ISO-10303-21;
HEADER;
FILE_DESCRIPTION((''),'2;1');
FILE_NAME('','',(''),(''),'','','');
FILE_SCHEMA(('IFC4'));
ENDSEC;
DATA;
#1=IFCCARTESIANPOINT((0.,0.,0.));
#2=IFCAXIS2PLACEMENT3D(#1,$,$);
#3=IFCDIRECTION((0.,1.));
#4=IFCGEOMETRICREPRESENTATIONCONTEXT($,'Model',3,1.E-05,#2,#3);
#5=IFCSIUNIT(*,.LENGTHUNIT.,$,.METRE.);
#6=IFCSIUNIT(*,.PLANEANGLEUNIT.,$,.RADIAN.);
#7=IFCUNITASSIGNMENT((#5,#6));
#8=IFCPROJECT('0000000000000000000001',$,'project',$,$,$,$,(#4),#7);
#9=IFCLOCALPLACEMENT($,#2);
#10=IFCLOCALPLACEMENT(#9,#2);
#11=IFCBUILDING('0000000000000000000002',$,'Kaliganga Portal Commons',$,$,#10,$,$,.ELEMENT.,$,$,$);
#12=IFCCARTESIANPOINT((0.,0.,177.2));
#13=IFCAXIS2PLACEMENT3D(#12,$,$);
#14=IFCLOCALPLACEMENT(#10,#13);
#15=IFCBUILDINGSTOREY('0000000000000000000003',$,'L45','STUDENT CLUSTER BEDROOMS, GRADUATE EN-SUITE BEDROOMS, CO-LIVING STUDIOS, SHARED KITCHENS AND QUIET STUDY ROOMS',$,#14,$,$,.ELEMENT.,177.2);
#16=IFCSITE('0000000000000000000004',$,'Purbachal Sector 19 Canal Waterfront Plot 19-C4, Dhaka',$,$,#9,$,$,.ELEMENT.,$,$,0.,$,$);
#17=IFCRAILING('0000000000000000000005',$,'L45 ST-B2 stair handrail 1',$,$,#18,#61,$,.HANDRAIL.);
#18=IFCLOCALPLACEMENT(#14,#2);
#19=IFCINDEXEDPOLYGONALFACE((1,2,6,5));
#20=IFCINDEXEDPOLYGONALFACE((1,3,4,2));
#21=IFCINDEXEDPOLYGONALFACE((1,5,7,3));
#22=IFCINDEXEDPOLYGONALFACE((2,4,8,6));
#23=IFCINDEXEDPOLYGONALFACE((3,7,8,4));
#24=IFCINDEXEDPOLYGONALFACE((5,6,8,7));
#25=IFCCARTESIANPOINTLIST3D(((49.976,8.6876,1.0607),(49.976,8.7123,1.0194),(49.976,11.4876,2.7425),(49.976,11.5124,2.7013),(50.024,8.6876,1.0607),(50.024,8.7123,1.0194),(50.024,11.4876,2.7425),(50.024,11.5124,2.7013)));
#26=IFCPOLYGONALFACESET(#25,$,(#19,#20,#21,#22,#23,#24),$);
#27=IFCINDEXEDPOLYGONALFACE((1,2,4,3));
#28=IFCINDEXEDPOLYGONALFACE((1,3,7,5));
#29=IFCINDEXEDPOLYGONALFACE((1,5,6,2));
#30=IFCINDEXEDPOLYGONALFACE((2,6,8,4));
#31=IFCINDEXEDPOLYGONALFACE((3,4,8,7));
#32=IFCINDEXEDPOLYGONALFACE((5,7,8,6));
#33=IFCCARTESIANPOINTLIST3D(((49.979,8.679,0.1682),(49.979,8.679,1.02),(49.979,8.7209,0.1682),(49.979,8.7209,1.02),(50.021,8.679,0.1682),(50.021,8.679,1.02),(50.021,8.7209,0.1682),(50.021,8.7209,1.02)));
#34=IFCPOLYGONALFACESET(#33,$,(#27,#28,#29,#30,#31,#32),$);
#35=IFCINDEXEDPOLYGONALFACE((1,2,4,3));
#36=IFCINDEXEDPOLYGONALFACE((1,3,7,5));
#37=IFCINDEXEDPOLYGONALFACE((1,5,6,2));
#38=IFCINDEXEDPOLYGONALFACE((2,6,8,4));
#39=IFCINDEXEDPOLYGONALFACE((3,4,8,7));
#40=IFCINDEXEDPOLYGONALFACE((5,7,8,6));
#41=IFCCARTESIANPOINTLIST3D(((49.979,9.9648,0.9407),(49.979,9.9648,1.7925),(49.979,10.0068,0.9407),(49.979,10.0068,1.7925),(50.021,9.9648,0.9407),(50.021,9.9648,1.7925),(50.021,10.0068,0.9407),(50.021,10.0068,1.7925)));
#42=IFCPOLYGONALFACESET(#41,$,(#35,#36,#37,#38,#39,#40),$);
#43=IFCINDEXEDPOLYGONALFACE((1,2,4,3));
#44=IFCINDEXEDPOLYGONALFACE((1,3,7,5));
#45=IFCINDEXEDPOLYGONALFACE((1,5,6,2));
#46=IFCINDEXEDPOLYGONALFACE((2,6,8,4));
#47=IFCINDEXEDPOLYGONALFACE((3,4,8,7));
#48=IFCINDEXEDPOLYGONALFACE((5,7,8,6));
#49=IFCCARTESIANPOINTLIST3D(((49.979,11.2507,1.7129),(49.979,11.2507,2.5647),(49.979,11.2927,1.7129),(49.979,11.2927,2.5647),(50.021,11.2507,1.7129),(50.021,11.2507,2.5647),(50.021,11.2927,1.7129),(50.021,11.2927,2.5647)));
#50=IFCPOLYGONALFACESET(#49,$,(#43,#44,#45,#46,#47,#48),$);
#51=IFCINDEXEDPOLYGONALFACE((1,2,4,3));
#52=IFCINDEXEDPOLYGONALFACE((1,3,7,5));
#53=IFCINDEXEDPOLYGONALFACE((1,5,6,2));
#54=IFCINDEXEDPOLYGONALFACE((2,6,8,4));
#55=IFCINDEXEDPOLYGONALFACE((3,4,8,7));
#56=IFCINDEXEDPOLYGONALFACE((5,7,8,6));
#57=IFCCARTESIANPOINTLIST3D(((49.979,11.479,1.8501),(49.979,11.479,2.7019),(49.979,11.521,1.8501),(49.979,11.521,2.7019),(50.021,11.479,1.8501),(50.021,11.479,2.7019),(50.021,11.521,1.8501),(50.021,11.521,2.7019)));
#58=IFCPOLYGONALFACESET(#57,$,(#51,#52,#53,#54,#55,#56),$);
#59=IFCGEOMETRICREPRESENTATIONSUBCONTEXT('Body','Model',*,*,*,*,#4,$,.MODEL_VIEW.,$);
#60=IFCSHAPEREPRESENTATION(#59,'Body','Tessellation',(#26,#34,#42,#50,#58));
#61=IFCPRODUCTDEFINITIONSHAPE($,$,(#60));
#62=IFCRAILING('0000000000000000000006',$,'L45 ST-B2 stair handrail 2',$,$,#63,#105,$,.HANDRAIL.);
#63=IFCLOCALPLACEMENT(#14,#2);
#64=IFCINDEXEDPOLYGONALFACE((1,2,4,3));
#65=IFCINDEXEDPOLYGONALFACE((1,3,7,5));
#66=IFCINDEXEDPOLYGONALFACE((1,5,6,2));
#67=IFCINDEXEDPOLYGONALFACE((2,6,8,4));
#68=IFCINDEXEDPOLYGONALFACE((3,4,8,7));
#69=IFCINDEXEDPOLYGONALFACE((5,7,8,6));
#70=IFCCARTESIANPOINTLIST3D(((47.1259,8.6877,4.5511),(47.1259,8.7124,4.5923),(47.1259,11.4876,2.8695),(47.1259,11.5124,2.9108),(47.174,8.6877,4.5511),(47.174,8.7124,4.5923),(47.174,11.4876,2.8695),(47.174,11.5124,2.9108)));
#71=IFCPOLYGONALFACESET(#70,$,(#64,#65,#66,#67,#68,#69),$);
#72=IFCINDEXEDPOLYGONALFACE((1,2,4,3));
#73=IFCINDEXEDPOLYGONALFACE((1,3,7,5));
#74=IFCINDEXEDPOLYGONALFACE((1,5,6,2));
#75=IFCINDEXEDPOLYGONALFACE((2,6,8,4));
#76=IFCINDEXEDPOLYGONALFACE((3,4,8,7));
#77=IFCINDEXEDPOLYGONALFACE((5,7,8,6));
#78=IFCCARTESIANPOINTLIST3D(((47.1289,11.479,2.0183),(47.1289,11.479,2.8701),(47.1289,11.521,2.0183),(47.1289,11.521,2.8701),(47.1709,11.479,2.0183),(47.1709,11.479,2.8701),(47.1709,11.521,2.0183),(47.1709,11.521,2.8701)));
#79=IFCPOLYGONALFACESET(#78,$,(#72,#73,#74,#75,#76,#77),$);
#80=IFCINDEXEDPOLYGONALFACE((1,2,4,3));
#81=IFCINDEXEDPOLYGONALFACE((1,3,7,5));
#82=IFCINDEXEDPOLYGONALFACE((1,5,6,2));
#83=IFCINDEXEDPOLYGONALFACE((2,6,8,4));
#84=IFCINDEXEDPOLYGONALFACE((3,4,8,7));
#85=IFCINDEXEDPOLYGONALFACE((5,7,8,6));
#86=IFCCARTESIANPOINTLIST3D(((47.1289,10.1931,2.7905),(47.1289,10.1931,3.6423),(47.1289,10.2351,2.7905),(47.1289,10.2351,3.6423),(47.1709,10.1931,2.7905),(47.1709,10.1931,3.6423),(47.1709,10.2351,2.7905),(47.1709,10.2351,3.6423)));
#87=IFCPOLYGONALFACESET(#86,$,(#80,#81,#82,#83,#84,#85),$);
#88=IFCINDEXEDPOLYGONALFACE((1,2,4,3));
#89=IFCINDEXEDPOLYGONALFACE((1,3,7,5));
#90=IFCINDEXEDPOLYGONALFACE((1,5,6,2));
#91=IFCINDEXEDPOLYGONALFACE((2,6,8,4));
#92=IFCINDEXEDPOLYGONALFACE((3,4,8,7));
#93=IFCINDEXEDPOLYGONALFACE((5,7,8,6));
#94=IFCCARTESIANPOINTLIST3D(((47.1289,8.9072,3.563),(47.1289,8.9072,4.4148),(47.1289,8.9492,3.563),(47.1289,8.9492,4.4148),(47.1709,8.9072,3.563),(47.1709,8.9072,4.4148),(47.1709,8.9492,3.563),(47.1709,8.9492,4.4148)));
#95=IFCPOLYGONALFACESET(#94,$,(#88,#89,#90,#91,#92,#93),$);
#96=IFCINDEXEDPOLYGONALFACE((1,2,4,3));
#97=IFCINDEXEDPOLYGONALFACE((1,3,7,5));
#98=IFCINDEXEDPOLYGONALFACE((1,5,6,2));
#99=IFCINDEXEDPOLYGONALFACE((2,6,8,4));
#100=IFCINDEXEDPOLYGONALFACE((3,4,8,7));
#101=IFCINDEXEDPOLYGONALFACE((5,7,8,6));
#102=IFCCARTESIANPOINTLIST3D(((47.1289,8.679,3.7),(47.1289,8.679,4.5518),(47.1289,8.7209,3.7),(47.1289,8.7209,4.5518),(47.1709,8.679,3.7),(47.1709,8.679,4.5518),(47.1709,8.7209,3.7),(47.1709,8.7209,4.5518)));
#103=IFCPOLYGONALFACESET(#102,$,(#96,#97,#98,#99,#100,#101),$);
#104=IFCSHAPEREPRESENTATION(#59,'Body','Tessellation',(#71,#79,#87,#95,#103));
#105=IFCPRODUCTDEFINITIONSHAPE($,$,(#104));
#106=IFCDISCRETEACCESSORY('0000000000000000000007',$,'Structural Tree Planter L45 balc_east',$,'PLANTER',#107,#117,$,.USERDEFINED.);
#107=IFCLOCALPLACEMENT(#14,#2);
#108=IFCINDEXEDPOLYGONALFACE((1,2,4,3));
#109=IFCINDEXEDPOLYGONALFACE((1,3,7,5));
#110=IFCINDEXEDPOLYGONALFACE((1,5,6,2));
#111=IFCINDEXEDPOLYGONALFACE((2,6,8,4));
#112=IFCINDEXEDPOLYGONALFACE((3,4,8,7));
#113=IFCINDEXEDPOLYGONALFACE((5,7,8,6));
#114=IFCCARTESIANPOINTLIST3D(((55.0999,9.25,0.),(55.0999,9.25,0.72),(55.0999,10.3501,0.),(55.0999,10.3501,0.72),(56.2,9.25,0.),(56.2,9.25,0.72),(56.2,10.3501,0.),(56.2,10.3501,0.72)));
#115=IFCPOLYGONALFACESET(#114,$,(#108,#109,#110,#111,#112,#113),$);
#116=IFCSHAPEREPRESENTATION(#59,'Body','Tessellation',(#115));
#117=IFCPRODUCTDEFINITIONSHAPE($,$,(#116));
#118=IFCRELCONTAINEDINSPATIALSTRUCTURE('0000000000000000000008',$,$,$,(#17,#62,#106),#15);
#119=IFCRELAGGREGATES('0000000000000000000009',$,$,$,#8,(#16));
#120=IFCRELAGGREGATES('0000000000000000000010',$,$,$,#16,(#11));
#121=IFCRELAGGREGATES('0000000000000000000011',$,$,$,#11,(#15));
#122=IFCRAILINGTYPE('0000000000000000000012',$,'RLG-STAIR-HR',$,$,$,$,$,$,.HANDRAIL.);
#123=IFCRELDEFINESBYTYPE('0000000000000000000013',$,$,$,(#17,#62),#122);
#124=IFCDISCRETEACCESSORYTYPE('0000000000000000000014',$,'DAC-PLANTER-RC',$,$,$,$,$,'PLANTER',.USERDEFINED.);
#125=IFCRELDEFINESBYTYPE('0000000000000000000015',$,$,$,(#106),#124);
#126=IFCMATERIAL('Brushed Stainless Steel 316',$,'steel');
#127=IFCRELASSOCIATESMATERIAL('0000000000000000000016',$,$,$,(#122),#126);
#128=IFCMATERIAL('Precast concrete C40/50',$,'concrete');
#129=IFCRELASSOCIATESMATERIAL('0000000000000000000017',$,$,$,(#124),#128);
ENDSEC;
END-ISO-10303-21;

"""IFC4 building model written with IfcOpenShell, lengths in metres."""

from ifc_helpers import new_model, si_unit, direction, frame, origin, origin_2d, place, context, subcontext, project, spatial, rectangle, extrude, source, transform, mapped, material, type_object, element, save


model = new_model("IFC4")

# Units and contexts
model_context = context("Model", 3, precision=1e-05, world=origin(), true_north=direction((0.0, 1.0)))
body_context = subcontext(model_context, "Body", "Model", "MODEL_VIEW")
ifc_project = project(units=[si_unit("LENGTHUNIT", "METRE"), si_unit("PLANEANGLEUNIT", "RADIAN")], contexts=[model_context])

# Site, building, storey
site_placement = place(None, origin())
site = spatial("IfcSite", under=ifc_project, at=site_placement, Name="Purbachal Sector 19 Canal Waterfront Plot 19-C4, Dhaka", CompositionType="ELEMENT", RefElevation=0.0)
building_placement = place(site_placement, origin())
building = spatial("IfcBuilding", under=site, at=building_placement, Name="Kaliganga Portal Commons", CompositionType="ELEMENT")
storey_placement = place(building_placement, frame((0.0, 0.0, 177.2)))
storey = spatial("IfcBuildingStorey", under=building, at=storey_placement, Name="L45", Description="STUDENT CLUSTER BEDROOMS, GRADUATE EN-SUITE BEDROOMS, CO-LIVING STUDIOS, SHARED KITCHENS AND QUIET STUDY ROOMS", CompositionType="ELEMENT", Elevation=177.2)

# Railings
ifc_material_1 = material(Name="Brushed Stainless Steel 316", Category="steel")
railing_type_1 = type_object("IfcRailingType", Name="RLG-STAIR-HR", PredefinedType="HANDRAIL", material=ifc_material_1)
railing_1_placement = place(storey_placement, frame((50.0, 8.7, 0.1682)))
element("IfcRailing", 1, at=railing_1_placement, inside=storey, type_object=railing_type_1, Name="L45 ST-B2 stair handrail 1", PredefinedType="HANDRAIL", context=body_context, shape_type="SweptSolid", body=[
    extrude(rectangle(XDim=0.0481, YDim=0.0481, at=origin_2d()), frame((0.0, 0.0, 0.8718), z_axis=(0.0, 0.857242, 0.514913), x_axis=(-1.0, 0.0, 0.0)), (0.0, 0.0, 1.0), 3.2664),
    extrude(rectangle(XDim=0.042, YDim=0.042, at=origin_2d()), origin(), (0.0, 0.0, 1.0), 0.8518),
    extrude(rectangle(XDim=0.042, YDim=0.042, at=origin_2d()), frame((0.0, 1.2859, 0.7725)), (0.0, 0.0, 1.0), 0.8518),
    extrude(rectangle(XDim=0.042, YDim=0.042, at=origin_2d()), frame((0.0, 2.5718, 1.5447)), (0.0, 0.0, 1.0), 0.8518),
    extrude(rectangle(XDim=0.042, YDim=0.042, at=origin_2d()), frame((0.0, 2.8, 1.6819)), (0.0, 0.0, 1.0), 0.8518),
])
railing_2_placement = place(storey_placement, frame((47.1499, 11.5, 2.0183)))
element("IfcRailing", 2, at=railing_2_placement, inside=storey, type_object=railing_type_1, Name="L45 ST-B2 stair handrail 2", PredefinedType="HANDRAIL", context=body_context, shape_type="SweptSolid", body=[
    extrude(rectangle(XDim=0.0481, YDim=0.0481, at=origin_2d()), frame((0.0, 0.0, 0.8718), z_axis=(0.0, -0.857275, 0.514858), x_axis=(1.0, 0.0, 0.0)), (0.0, 0.0, 1.0), 3.2661),
    extrude(rectangle(XDim=0.042, YDim=0.042, at=origin_2d()), origin(), (0.0, 0.0, 1.0), 0.8518),
    extrude(rectangle(XDim=0.042, YDim=0.042, at=origin_2d()), frame((0.0, -1.2859, 0.7722)), (0.0, 0.0, 1.0), 0.8518),
    extrude(rectangle(XDim=0.042, YDim=0.042, at=origin_2d()), frame((0.0, -2.5718, 1.5447)), (0.0, 0.0, 1.0), 0.8518),
    extrude(rectangle(XDim=0.042, YDim=0.042, at=origin_2d()), frame((0.0, -2.8, 1.6816)), (0.0, 0.0, 1.0), 0.8518),
])

# Discrete accessory
ifc_material_2 = material(Name="Precast concrete C40/50", Category="concrete")
discrete_accessory_type = type_object("IfcDiscreteAccessoryType", Name="DAC-PLANTER-RC", ElementType="PLANTER", PredefinedType="USERDEFINED", material=ifc_material_2)
shared_shape_1 = source(origin(), body_context, "Body", "SweptSolid", [
    extrude(rectangle(XDim=1.1001, YDim=1.1001, at=origin_2d()), origin(), (0.0, 0.0, 1.0), 0.72),
])
discrete_accessory_placement = place(storey_placement, frame((55.6499, 9.8, 0.0), z_axis=(0.0, 0.0, 1.0), x_axis=(1.0, 0.0, 0.0)))
element("IfcDiscreteAccessory", 3, at=discrete_accessory_placement, inside=storey, type_object=discrete_accessory_type, Name="Structural Tree Planter L45 balc_east", ObjectType="PLANTER", PredefinedType="USERDEFINED", context=body_context, shape_type="MappedRepresentation", body=[
    mapped(shared_shape_1, transform((0.0, 0.0, 0.0), x_axis=(1.0, 0.0, 0.0), y_axis=(0.0, 1.0, 0.0), z_axis=(0.0, 0.0, 1.0), scale=1.0)),
])

save(model, "model.ifc")
